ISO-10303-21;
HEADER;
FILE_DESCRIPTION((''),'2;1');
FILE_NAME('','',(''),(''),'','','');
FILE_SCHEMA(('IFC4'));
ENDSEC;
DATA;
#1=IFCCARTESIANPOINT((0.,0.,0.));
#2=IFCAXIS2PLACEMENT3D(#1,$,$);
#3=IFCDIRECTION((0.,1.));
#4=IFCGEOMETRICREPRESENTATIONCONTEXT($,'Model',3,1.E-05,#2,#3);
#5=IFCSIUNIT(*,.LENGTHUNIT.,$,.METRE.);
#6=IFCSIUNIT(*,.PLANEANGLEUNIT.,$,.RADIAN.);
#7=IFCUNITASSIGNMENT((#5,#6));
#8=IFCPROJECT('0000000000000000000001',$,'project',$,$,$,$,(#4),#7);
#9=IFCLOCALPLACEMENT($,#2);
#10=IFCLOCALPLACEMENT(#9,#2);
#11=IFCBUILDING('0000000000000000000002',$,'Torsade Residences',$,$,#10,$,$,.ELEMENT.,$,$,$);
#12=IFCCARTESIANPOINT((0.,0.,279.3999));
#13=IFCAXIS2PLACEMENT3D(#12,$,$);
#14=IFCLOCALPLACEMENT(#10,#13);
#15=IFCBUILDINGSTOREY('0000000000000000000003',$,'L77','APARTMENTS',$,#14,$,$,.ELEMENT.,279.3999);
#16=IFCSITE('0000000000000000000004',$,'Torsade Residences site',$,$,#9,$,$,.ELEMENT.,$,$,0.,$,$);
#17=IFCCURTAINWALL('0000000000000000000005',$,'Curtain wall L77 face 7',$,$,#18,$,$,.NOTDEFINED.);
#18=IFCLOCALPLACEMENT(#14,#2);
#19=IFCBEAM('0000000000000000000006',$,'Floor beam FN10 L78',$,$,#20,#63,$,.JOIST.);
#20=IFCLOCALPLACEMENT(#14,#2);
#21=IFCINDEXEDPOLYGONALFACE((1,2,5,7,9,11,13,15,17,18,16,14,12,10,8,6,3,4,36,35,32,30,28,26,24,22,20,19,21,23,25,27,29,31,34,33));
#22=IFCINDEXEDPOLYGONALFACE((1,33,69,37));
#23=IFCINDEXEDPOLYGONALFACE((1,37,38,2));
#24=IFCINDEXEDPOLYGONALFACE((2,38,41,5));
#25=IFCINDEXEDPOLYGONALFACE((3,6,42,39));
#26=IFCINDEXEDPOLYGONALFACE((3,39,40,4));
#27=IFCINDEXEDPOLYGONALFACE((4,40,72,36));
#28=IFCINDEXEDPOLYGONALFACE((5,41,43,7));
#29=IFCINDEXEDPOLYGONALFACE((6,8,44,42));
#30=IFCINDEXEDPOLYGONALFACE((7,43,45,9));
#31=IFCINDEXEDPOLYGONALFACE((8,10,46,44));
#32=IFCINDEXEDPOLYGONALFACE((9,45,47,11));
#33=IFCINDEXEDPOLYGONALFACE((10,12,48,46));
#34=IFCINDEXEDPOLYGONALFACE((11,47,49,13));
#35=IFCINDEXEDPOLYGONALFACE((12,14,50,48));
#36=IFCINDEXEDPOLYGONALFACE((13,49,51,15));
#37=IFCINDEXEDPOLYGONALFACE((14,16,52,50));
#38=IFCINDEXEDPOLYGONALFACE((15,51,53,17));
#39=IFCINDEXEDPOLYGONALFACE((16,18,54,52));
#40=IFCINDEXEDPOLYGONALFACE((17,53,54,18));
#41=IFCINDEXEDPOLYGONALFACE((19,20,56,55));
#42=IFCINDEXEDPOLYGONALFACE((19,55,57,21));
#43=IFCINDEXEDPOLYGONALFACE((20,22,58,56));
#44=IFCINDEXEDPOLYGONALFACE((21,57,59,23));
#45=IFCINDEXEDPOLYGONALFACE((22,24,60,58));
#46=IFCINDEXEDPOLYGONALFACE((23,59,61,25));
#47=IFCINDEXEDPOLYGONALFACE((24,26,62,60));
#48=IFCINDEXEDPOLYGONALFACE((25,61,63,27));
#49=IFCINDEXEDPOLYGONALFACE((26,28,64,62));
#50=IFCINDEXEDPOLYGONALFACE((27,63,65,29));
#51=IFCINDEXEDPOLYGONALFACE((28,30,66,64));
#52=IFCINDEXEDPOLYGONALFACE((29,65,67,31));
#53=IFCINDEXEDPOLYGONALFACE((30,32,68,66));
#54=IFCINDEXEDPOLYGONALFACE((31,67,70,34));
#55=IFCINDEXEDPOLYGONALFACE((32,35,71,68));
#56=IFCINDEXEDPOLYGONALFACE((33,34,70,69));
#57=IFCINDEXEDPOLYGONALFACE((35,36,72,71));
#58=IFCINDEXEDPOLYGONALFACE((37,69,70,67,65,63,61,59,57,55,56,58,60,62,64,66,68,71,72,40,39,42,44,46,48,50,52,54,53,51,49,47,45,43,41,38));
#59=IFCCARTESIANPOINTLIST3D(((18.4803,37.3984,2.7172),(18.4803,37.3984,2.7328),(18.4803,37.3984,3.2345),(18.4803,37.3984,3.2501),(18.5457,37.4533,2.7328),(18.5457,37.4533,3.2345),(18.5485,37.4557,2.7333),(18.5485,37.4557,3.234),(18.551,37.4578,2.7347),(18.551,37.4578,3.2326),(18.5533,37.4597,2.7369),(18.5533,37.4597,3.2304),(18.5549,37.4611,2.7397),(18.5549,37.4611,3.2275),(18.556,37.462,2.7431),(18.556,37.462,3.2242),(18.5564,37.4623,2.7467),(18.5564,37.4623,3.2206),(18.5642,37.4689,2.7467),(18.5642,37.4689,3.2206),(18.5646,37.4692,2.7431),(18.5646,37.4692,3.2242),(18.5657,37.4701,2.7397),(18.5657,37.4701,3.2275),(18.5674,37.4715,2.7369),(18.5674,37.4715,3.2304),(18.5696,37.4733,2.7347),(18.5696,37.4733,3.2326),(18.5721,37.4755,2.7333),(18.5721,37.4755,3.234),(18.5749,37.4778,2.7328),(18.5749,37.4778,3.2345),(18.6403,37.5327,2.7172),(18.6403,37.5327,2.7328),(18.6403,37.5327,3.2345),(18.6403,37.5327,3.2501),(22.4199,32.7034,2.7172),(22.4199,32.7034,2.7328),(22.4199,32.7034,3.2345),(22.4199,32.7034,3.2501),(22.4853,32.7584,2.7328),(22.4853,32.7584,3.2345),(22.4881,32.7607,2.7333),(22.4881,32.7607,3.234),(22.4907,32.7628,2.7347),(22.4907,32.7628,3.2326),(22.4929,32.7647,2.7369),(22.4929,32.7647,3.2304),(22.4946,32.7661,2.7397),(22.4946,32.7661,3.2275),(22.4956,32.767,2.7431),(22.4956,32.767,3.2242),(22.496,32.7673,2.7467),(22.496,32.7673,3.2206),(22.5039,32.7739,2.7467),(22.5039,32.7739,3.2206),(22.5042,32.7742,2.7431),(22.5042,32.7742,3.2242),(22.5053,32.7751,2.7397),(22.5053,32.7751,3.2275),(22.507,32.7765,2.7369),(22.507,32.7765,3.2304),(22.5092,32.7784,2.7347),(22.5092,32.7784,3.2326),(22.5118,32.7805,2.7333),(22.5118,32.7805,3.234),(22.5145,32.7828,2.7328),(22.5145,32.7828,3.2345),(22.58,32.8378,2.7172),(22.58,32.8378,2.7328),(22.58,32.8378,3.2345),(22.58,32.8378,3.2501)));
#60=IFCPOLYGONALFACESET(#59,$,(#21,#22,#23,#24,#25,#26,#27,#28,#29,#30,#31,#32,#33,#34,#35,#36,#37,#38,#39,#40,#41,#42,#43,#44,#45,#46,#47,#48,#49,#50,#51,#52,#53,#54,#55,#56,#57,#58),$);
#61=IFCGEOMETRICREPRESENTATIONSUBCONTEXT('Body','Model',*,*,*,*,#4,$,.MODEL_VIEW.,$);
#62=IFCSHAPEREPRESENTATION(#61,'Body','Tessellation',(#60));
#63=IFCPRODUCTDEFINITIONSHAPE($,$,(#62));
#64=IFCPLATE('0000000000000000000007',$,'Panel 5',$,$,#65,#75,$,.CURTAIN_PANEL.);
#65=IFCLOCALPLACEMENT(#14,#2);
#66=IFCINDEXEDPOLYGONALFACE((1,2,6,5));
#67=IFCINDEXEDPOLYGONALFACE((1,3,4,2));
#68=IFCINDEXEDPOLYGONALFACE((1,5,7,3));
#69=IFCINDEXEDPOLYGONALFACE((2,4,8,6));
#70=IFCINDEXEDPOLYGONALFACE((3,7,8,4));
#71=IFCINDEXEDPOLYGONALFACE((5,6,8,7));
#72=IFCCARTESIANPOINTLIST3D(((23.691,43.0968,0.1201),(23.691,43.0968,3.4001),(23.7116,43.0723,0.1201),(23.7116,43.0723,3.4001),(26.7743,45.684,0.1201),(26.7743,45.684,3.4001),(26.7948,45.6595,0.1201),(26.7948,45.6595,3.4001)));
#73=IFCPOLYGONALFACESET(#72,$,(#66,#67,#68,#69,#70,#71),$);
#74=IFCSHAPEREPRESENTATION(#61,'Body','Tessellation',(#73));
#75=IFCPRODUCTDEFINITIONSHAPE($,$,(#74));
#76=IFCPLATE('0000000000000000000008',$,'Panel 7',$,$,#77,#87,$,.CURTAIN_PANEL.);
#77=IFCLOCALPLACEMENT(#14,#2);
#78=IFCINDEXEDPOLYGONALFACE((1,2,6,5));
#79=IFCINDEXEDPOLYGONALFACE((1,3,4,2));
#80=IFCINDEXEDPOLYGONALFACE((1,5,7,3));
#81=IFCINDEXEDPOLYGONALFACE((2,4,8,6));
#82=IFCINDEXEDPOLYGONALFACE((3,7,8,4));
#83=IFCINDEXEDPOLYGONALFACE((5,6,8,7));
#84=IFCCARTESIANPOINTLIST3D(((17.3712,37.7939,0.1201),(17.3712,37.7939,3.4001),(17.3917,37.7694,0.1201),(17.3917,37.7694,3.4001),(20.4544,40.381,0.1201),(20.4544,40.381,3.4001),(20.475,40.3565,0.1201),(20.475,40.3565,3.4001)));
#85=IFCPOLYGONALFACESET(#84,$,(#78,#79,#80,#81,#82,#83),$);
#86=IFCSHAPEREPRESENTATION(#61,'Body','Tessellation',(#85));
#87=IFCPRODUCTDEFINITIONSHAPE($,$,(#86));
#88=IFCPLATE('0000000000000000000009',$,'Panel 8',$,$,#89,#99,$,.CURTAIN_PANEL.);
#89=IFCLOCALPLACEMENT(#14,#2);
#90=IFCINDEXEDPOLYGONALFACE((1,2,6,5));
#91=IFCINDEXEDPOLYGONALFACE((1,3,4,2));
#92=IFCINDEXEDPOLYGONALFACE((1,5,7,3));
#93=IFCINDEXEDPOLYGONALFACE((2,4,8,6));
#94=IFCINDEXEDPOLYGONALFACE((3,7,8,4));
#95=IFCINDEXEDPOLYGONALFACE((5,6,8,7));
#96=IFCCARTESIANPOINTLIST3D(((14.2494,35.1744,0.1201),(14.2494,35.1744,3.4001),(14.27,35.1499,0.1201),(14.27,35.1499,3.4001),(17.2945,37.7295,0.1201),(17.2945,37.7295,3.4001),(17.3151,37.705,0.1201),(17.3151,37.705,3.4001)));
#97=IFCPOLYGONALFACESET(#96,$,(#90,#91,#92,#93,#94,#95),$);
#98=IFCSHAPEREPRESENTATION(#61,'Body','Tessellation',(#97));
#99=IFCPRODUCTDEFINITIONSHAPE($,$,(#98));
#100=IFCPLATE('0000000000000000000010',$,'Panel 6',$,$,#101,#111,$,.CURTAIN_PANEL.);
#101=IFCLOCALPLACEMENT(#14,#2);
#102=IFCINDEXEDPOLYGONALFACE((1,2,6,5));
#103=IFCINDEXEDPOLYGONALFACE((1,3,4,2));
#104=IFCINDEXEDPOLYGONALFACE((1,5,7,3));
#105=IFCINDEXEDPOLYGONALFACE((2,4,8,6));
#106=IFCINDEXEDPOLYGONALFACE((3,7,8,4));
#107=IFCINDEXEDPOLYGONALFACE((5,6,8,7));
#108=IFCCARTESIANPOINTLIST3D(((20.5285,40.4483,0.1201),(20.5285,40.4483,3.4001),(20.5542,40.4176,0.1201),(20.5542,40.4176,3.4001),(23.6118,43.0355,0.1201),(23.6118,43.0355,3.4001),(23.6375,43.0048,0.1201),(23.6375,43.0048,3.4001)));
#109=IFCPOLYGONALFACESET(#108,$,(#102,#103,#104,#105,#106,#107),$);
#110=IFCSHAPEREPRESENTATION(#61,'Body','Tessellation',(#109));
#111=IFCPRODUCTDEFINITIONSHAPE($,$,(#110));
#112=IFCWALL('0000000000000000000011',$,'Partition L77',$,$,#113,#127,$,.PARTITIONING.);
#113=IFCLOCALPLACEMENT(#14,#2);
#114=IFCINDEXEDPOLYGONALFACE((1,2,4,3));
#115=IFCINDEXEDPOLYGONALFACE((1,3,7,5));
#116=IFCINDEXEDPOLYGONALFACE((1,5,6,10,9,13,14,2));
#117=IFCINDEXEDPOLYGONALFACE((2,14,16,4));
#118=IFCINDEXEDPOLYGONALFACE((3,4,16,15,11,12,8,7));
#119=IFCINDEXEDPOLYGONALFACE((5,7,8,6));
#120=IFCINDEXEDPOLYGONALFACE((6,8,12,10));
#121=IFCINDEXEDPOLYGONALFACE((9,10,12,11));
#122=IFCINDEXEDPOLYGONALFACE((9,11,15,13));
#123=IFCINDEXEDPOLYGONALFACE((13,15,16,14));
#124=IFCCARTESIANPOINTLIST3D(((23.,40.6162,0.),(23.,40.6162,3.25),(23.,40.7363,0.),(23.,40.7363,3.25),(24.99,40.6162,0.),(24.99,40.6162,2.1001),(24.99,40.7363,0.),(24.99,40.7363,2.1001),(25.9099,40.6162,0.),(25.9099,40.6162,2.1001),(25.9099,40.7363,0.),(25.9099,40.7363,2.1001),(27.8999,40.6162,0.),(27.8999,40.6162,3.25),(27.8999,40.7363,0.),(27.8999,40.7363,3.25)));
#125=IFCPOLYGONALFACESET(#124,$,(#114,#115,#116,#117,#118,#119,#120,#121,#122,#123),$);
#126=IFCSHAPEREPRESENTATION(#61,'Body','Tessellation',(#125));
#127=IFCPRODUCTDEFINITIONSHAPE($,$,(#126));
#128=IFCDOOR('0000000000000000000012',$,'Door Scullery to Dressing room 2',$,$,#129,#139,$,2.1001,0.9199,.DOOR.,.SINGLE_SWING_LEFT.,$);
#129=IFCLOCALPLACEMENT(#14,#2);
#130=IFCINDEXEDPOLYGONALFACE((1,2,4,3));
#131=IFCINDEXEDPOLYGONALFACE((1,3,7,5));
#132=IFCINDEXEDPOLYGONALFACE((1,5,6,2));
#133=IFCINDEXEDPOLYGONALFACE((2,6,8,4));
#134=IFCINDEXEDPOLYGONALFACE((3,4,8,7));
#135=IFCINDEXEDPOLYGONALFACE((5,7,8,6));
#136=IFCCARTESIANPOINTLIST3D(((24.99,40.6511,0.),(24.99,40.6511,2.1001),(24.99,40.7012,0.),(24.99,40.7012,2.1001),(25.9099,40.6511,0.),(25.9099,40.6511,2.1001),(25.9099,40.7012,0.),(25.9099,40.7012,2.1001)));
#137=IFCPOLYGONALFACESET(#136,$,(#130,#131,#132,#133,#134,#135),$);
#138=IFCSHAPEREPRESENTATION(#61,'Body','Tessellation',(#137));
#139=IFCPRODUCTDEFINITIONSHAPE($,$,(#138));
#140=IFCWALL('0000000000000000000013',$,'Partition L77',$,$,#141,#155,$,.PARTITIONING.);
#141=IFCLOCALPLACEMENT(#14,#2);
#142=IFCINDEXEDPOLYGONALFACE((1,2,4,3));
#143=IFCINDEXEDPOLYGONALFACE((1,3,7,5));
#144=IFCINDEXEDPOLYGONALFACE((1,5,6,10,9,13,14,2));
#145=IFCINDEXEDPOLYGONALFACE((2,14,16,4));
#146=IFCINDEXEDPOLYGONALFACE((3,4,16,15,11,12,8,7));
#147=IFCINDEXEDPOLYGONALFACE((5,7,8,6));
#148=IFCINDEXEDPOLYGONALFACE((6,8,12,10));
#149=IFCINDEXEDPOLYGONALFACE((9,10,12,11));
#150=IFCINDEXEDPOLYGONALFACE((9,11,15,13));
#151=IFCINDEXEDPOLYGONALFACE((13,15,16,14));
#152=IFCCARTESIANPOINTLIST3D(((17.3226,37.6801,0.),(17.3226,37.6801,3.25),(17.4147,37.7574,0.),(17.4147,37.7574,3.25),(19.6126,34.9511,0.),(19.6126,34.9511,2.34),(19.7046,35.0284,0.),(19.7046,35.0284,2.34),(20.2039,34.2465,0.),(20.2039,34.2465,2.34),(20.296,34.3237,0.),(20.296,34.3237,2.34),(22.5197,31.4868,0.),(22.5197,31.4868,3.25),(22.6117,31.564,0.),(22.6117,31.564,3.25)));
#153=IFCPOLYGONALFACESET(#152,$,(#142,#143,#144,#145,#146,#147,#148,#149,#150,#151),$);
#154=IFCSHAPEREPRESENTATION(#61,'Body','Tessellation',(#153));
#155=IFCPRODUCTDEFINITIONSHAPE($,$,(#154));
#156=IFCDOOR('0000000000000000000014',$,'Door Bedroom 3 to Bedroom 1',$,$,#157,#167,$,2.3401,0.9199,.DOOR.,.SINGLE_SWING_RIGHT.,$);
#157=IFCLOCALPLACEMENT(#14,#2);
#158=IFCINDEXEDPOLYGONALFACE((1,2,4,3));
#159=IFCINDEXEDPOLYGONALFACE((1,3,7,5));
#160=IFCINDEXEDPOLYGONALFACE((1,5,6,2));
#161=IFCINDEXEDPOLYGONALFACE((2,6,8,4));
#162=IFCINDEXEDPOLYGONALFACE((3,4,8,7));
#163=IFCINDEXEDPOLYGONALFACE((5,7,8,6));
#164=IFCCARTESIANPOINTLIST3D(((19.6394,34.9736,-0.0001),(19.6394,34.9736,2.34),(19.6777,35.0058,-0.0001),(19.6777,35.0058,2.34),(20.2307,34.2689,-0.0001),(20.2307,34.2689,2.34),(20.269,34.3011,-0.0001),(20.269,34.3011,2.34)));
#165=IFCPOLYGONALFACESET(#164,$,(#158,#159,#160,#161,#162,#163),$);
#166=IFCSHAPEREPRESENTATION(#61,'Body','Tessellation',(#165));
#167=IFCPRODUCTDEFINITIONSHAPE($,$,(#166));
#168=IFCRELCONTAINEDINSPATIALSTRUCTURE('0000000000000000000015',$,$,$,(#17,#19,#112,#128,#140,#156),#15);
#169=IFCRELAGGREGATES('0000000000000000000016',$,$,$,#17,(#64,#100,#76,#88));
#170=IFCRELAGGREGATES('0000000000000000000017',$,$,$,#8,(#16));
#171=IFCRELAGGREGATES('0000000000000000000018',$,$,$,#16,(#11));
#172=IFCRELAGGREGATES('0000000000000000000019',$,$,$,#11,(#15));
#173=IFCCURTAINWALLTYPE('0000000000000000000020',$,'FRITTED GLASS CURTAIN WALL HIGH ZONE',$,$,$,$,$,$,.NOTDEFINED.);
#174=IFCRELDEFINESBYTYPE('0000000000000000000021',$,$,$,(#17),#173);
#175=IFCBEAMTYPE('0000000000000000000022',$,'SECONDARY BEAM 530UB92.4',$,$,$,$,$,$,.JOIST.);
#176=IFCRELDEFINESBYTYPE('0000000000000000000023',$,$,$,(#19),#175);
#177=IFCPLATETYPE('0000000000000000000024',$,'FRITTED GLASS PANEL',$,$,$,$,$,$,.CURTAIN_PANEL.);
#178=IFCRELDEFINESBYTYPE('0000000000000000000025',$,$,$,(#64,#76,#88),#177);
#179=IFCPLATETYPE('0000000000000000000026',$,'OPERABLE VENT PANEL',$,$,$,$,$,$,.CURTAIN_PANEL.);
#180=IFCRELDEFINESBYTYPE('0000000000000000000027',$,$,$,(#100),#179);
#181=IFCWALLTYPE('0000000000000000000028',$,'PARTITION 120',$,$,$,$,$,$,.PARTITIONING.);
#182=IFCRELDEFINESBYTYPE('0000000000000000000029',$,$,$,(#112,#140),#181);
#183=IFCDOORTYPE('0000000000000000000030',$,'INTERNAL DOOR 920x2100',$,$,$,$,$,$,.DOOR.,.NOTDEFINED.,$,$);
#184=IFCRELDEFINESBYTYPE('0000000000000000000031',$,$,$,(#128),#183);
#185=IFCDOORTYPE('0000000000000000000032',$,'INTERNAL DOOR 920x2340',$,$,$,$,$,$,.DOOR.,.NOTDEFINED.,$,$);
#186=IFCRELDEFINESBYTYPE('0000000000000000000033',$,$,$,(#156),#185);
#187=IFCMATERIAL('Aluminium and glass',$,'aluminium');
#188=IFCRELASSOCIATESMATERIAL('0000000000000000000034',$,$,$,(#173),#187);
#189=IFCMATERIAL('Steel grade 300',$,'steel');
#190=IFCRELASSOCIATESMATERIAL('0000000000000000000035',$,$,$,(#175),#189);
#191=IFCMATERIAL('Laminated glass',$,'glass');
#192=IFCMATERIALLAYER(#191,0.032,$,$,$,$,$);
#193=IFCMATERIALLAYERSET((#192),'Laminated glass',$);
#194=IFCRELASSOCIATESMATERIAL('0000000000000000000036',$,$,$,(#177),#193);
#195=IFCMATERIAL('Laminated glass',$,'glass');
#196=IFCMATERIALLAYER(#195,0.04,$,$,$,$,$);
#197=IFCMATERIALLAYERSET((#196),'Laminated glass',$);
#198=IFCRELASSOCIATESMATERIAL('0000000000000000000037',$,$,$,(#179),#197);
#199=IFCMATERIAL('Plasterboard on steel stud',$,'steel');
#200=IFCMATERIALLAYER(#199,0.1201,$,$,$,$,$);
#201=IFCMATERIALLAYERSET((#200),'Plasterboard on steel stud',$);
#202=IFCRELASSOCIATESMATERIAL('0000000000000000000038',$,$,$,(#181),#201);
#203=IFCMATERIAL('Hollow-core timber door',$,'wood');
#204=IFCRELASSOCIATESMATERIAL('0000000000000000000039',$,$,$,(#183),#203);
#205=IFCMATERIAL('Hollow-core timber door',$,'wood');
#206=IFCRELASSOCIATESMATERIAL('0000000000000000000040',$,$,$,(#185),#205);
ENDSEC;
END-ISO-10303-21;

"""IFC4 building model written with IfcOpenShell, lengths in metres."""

from ifc_helpers import new_model, si_unit, direction, frame, frame_2d, origin, origin_2d, place, context, subcontext, project, spatial, rectangle, i_section, extrude, material, layer, layer_set, material_profile, profile_set, type_object, element, fill, aggregate, save


model = new_model("IFC4")

# Units and contexts
model_context = context("Model", 3, precision=1e-05, world=origin(), true_north=direction((0.0, 1.0)))
body_context = subcontext(model_context, "Body", "Model", "MODEL_VIEW")
ifc_project = project(units=[si_unit("LENGTHUNIT", "METRE"), si_unit("PLANEANGLEUNIT", "RADIAN")], contexts=[model_context])

# Site, building, storey
site_placement = place(None, origin())
site = spatial("IfcSite", under=ifc_project, at=site_placement, Name="Torsade Residences site", CompositionType="ELEMENT", RefElevation=0.0)
building_placement = place(site_placement, origin())
building = spatial("IfcBuilding", under=site, at=building_placement, Name="Torsade Residences", CompositionType="ELEMENT")
storey_placement = place(building_placement, frame((0.0, 0.0, 279.3999)))
storey = spatial("IfcBuildingStorey", under=building, at=storey_placement, Name="L77", Description="APARTMENTS", CompositionType="ELEMENT", Elevation=279.3999)

# Curtain wall
ifc_material_1 = material(Name="Aluminium and glass", Category="aluminium")
curtain_wall_type = type_object("IfcCurtainWallType", Name="FRITTED GLASS CURTAIN WALL HIGH ZONE", PredefinedType="NOTDEFINED", material=ifc_material_1)
curtain_wall_placement = place(storey_placement, origin())
curtain_wall = element("IfcCurtainWall", 1, at=curtain_wall_placement, inside=storey, type_object=curtain_wall_type, Name="Curtain wall L77 face 7", PredefinedType="NOTDEFINED")

# Beam
ifc_material_2 = material(Name="Steel grade 300", Category="steel")
ifc_material_profile_1 = material_profile(ifc_material_2, i_section(OverallWidth=0.209, OverallDepth=0.533, WebThickness=0.0103, FlangeThickness=0.0156, FilletRadius=0.0139, at=origin_2d()), Name="530UB92.4")
ifc_profile_set_1 = profile_set([ifc_material_profile_1], Name="Steel grade 300")
beam_type_1 = type_object("IfcBeamType", Name="SECONDARY BEAM 530UB92.4", PredefinedType="JOIST", material=ifc_profile_set_1)
beam_1_placement = place(storey_placement, frame((18.5603, 37.4656, 2.9836), z_axis=(0.642794, -0.766039, 0.0), x_axis=(0.766039, 0.642794, 0.0)))
element("IfcBeam", 2, at=beam_1_placement, inside=storey, type_object=beam_type_1, Name="Floor beam FN10 L78", PredefinedType="JOIST", context=body_context, shape_type="SweptSolid", body=[
    extrude(i_section(OverallWidth=0.209, OverallDepth=0.533, WebThickness=0.0103, FlangeThickness=0.0156, FilletRadius=0.0139, at=origin_2d()), origin(), (0.0, 0.0, 1.0), 6.1289),
])

# Plates
ifc_material_3 = material(Name="Laminated glass", Category="glass")
ifc_layer_1 = layer(ifc_material_3, 0.032)
ifc_layer_set_1 = layer_set([ifc_layer_1], Name="Laminated glass")
plate_type_1 = type_object("IfcPlateType", Name="FRITTED GLASS PANEL", PredefinedType="CURTAIN_PANEL", material=ifc_layer_set_1)
plate_1_placement = place(storey_placement, frame((25.2429, 44.3782, 0.1201), z_axis=(0.0, 0.0, 1.0), x_axis=(-0.766044, -0.642788, 0.0)))
plate_1 = element("IfcPlate", 3, at=plate_1_placement, type_object=plate_type_1, Name="Panel 5", PredefinedType="CURTAIN_PANEL", context=body_context, shape_type="SweptSolid", body=[
    extrude(rectangle(XDim=4.0249, YDim=0.032, at=origin_2d()), origin(), (0.0, 0.0, 1.0), 3.28),
])
plate_2_placement = place(storey_placement, frame((18.9231, 39.0752, 0.1201), z_axis=(0.0, 0.0, 1.0), x_axis=(-0.766044, -0.642788, 0.0)))
plate_2 = element("IfcPlate", 4, at=plate_2_placement, type_object=plate_type_1, Name="Panel 7", PredefinedType="CURTAIN_PANEL", context=body_context, shape_type="SweptSolid", body=[
    extrude(rectangle(XDim=4.0249, YDim=0.032, at=origin_2d()), origin(), (0.0, 0.0, 1.0), 3.28),
])
plate_3_placement = place(storey_placement, frame((15.7822, 36.4397, 0.1201), z_axis=(0.0, 0.0, 1.0), x_axis=(-0.766044, -0.642788, 0.0)))
plate_3 = element("IfcPlate", 5, at=plate_3_placement, type_object=plate_type_1, Name="Panel 8", PredefinedType="CURTAIN_PANEL", context=body_context, shape_type="SweptSolid", body=[
    extrude(rectangle(XDim=3.9751, YDim=0.032, at=origin_2d()), origin(), (0.0, 0.0, 1.0), 3.28),
])
ifc_material_4 = material(Name="Laminated glass", Category="glass")
ifc_layer_2 = layer(ifc_material_4, 0.04)
ifc_layer_set_2 = layer_set([ifc_layer_2], Name="Laminated glass")
plate_type_2 = type_object("IfcPlateType", Name="OPERABLE VENT PANEL", PredefinedType="CURTAIN_PANEL", material=ifc_layer_set_2)
plate_4_placement = place(storey_placement, frame((22.083, 41.7266, 0.1201), z_axis=(0.0, 0.0, 1.0), x_axis=(-0.766044, -0.642788, 0.0)))
plate_4 = element("IfcPlate", 6, at=plate_4_placement, type_object=plate_type_2, Name="Panel 6", PredefinedType="CURTAIN_PANEL", context=body_context, shape_type="SweptSolid", body=[
    extrude(rectangle(XDim=4.0249, YDim=0.04, at=origin_2d()), origin(), (0.0, 0.0, 1.0), 3.28),
])
aggregate(curtain_wall, [plate_1, plate_4, plate_2, plate_3])

# Walls, openings, doors
ifc_material_5 = material(Name="Plasterboard on steel stud", Category="steel")
ifc_layer_3 = layer(ifc_material_5, 0.1201)
ifc_layer_set_3 = layer_set([ifc_layer_3], Name="Plasterboard on steel stud")
wall_type = type_object("IfcWallType", Name="PARTITION 120", PredefinedType="PARTITIONING", material=ifc_layer_set_3)
wall_1_placement = place(storey_placement, frame((23.0, 40.6763, 0.0), z_axis=(0.0, 0.0, 1.0), x_axis=(1.0, 0.0, 0.0)))
wall_1 = element("IfcWall", 7, at=wall_1_placement, inside=storey, type_object=wall_type, Name="Partition L77", PredefinedType="PARTITIONING", context=body_context, shape_type="SweptSolid", body=[
    extrude(rectangle(XDim=4.8999, YDim=0.1201, at=frame_2d((2.45, 0.0))), origin(), (0.0, 0.0, 1.0), 3.25),
])
opening_1_placement = place(wall_1_placement, frame((1.99, 0.0, 0.0)))
opening_1 = element("IfcOpeningElement", 8, at=opening_1_placement, cuts=wall_1, PredefinedType="OPENING", context=body_context, shape_type="SweptSolid", body=[
    extrude(rectangle(XDim=0.9199, YDim=2.1001, at=frame_2d((0.46, 1.05))), frame((0.0, 0.0701, 0.0), z_axis=(0.0, -1.0, 0.0), x_axis=(1.0, 0.0, 0.0)), (0.0, 0.0, 1.0), 0.1401),
])
ifc_material_6 = material(Name="Hollow-core timber door", Category="wood")
door_type_1 = type_object("IfcDoorType", Name="INTERNAL DOOR 920x2100", OperationType="NOTDEFINED", PredefinedType="DOOR", material=ifc_material_6)
door_1_placement = place(opening_1_placement, origin())
door_1 = element("IfcDoor", 9, at=door_1_placement, inside=storey, type_object=door_type_1, Name="Door Scullery to Dressing room 2", OperationType="SINGLE_SWING_LEFT", OverallHeight=2.1001, OverallWidth=0.9199, PredefinedType="DOOR", context=body_context, shape_type="SweptSolid", body=[
    extrude(rectangle(XDim=0.9199, YDim=2.1001, at=frame_2d((0.46, 1.05))), frame((0.0, 0.0249, 0.0), z_axis=(0.0, -1.0, 0.0), x_axis=(1.0, 0.0, 0.0)), (0.0, 0.0, 1.0), 0.05),
])
fill(opening_1, door_1)
wall_2_placement = place(storey_placement, frame((17.3687, 37.7188, 0.0), z_axis=(0.0, 0.0, 1.0), x_axis=(0.6428, -0.766034, 0.0)))
wall_2 = element("IfcWall", 10, at=wall_2_placement, inside=storey, type_object=wall_type, Name="Partition L77", PredefinedType="PARTITIONING", context=body_context, shape_type="SweptSolid", body=[
    extrude(rectangle(XDim=8.085, YDim=0.1201, at=frame_2d((4.0425, 0.0))), origin(), (0.0, 0.0, 1.0), 3.25),
])
opening_2_placement = place(wall_2_placement, frame((3.5625, 0.0, 0.0)))
opening_2 = element("IfcOpeningElement", 11, at=opening_2_placement, cuts=wall_2, PredefinedType="OPENING", context=body_context, shape_type="SweptSolid", body=[
    extrude(rectangle(XDim=0.9199, YDim=2.3401, at=frame_2d((0.46, 1.1699))), frame((0.0, 0.0701, 0.0), z_axis=(0.0, -1.0, 0.0), x_axis=(1.0, 0.0, 0.0)), (0.0, 0.0, 1.0), 0.1401),
])
ifc_material_7 = material(Name="Hollow-core timber door", Category="wood")
door_type_2 = type_object("IfcDoorType", Name="INTERNAL DOOR 920x2340", OperationType="NOTDEFINED", PredefinedType="DOOR", material=ifc_material_7)
door_2_placement = place(opening_2_placement, origin())
door_2 = element("IfcDoor", 12, at=door_2_placement, inside=storey, type_object=door_type_2, Name="Door Bedroom 3 to Bedroom 1", OperationType="SINGLE_SWING_RIGHT", OverallHeight=2.3401, OverallWidth=0.9199, PredefinedType="DOOR", context=body_context, shape_type="SweptSolid", body=[
    extrude(rectangle(XDim=0.9199, YDim=2.3401, at=frame_2d((0.46, 1.1699))), frame((0.0, 0.0249, 0.0), z_axis=(0.0, -1.0, 0.0), x_axis=(1.0, 0.0, 0.0)), (0.0, 0.0, 1.0), 0.05),
])
fill(opening_2, door_2)

save(model, "model.ifc")
